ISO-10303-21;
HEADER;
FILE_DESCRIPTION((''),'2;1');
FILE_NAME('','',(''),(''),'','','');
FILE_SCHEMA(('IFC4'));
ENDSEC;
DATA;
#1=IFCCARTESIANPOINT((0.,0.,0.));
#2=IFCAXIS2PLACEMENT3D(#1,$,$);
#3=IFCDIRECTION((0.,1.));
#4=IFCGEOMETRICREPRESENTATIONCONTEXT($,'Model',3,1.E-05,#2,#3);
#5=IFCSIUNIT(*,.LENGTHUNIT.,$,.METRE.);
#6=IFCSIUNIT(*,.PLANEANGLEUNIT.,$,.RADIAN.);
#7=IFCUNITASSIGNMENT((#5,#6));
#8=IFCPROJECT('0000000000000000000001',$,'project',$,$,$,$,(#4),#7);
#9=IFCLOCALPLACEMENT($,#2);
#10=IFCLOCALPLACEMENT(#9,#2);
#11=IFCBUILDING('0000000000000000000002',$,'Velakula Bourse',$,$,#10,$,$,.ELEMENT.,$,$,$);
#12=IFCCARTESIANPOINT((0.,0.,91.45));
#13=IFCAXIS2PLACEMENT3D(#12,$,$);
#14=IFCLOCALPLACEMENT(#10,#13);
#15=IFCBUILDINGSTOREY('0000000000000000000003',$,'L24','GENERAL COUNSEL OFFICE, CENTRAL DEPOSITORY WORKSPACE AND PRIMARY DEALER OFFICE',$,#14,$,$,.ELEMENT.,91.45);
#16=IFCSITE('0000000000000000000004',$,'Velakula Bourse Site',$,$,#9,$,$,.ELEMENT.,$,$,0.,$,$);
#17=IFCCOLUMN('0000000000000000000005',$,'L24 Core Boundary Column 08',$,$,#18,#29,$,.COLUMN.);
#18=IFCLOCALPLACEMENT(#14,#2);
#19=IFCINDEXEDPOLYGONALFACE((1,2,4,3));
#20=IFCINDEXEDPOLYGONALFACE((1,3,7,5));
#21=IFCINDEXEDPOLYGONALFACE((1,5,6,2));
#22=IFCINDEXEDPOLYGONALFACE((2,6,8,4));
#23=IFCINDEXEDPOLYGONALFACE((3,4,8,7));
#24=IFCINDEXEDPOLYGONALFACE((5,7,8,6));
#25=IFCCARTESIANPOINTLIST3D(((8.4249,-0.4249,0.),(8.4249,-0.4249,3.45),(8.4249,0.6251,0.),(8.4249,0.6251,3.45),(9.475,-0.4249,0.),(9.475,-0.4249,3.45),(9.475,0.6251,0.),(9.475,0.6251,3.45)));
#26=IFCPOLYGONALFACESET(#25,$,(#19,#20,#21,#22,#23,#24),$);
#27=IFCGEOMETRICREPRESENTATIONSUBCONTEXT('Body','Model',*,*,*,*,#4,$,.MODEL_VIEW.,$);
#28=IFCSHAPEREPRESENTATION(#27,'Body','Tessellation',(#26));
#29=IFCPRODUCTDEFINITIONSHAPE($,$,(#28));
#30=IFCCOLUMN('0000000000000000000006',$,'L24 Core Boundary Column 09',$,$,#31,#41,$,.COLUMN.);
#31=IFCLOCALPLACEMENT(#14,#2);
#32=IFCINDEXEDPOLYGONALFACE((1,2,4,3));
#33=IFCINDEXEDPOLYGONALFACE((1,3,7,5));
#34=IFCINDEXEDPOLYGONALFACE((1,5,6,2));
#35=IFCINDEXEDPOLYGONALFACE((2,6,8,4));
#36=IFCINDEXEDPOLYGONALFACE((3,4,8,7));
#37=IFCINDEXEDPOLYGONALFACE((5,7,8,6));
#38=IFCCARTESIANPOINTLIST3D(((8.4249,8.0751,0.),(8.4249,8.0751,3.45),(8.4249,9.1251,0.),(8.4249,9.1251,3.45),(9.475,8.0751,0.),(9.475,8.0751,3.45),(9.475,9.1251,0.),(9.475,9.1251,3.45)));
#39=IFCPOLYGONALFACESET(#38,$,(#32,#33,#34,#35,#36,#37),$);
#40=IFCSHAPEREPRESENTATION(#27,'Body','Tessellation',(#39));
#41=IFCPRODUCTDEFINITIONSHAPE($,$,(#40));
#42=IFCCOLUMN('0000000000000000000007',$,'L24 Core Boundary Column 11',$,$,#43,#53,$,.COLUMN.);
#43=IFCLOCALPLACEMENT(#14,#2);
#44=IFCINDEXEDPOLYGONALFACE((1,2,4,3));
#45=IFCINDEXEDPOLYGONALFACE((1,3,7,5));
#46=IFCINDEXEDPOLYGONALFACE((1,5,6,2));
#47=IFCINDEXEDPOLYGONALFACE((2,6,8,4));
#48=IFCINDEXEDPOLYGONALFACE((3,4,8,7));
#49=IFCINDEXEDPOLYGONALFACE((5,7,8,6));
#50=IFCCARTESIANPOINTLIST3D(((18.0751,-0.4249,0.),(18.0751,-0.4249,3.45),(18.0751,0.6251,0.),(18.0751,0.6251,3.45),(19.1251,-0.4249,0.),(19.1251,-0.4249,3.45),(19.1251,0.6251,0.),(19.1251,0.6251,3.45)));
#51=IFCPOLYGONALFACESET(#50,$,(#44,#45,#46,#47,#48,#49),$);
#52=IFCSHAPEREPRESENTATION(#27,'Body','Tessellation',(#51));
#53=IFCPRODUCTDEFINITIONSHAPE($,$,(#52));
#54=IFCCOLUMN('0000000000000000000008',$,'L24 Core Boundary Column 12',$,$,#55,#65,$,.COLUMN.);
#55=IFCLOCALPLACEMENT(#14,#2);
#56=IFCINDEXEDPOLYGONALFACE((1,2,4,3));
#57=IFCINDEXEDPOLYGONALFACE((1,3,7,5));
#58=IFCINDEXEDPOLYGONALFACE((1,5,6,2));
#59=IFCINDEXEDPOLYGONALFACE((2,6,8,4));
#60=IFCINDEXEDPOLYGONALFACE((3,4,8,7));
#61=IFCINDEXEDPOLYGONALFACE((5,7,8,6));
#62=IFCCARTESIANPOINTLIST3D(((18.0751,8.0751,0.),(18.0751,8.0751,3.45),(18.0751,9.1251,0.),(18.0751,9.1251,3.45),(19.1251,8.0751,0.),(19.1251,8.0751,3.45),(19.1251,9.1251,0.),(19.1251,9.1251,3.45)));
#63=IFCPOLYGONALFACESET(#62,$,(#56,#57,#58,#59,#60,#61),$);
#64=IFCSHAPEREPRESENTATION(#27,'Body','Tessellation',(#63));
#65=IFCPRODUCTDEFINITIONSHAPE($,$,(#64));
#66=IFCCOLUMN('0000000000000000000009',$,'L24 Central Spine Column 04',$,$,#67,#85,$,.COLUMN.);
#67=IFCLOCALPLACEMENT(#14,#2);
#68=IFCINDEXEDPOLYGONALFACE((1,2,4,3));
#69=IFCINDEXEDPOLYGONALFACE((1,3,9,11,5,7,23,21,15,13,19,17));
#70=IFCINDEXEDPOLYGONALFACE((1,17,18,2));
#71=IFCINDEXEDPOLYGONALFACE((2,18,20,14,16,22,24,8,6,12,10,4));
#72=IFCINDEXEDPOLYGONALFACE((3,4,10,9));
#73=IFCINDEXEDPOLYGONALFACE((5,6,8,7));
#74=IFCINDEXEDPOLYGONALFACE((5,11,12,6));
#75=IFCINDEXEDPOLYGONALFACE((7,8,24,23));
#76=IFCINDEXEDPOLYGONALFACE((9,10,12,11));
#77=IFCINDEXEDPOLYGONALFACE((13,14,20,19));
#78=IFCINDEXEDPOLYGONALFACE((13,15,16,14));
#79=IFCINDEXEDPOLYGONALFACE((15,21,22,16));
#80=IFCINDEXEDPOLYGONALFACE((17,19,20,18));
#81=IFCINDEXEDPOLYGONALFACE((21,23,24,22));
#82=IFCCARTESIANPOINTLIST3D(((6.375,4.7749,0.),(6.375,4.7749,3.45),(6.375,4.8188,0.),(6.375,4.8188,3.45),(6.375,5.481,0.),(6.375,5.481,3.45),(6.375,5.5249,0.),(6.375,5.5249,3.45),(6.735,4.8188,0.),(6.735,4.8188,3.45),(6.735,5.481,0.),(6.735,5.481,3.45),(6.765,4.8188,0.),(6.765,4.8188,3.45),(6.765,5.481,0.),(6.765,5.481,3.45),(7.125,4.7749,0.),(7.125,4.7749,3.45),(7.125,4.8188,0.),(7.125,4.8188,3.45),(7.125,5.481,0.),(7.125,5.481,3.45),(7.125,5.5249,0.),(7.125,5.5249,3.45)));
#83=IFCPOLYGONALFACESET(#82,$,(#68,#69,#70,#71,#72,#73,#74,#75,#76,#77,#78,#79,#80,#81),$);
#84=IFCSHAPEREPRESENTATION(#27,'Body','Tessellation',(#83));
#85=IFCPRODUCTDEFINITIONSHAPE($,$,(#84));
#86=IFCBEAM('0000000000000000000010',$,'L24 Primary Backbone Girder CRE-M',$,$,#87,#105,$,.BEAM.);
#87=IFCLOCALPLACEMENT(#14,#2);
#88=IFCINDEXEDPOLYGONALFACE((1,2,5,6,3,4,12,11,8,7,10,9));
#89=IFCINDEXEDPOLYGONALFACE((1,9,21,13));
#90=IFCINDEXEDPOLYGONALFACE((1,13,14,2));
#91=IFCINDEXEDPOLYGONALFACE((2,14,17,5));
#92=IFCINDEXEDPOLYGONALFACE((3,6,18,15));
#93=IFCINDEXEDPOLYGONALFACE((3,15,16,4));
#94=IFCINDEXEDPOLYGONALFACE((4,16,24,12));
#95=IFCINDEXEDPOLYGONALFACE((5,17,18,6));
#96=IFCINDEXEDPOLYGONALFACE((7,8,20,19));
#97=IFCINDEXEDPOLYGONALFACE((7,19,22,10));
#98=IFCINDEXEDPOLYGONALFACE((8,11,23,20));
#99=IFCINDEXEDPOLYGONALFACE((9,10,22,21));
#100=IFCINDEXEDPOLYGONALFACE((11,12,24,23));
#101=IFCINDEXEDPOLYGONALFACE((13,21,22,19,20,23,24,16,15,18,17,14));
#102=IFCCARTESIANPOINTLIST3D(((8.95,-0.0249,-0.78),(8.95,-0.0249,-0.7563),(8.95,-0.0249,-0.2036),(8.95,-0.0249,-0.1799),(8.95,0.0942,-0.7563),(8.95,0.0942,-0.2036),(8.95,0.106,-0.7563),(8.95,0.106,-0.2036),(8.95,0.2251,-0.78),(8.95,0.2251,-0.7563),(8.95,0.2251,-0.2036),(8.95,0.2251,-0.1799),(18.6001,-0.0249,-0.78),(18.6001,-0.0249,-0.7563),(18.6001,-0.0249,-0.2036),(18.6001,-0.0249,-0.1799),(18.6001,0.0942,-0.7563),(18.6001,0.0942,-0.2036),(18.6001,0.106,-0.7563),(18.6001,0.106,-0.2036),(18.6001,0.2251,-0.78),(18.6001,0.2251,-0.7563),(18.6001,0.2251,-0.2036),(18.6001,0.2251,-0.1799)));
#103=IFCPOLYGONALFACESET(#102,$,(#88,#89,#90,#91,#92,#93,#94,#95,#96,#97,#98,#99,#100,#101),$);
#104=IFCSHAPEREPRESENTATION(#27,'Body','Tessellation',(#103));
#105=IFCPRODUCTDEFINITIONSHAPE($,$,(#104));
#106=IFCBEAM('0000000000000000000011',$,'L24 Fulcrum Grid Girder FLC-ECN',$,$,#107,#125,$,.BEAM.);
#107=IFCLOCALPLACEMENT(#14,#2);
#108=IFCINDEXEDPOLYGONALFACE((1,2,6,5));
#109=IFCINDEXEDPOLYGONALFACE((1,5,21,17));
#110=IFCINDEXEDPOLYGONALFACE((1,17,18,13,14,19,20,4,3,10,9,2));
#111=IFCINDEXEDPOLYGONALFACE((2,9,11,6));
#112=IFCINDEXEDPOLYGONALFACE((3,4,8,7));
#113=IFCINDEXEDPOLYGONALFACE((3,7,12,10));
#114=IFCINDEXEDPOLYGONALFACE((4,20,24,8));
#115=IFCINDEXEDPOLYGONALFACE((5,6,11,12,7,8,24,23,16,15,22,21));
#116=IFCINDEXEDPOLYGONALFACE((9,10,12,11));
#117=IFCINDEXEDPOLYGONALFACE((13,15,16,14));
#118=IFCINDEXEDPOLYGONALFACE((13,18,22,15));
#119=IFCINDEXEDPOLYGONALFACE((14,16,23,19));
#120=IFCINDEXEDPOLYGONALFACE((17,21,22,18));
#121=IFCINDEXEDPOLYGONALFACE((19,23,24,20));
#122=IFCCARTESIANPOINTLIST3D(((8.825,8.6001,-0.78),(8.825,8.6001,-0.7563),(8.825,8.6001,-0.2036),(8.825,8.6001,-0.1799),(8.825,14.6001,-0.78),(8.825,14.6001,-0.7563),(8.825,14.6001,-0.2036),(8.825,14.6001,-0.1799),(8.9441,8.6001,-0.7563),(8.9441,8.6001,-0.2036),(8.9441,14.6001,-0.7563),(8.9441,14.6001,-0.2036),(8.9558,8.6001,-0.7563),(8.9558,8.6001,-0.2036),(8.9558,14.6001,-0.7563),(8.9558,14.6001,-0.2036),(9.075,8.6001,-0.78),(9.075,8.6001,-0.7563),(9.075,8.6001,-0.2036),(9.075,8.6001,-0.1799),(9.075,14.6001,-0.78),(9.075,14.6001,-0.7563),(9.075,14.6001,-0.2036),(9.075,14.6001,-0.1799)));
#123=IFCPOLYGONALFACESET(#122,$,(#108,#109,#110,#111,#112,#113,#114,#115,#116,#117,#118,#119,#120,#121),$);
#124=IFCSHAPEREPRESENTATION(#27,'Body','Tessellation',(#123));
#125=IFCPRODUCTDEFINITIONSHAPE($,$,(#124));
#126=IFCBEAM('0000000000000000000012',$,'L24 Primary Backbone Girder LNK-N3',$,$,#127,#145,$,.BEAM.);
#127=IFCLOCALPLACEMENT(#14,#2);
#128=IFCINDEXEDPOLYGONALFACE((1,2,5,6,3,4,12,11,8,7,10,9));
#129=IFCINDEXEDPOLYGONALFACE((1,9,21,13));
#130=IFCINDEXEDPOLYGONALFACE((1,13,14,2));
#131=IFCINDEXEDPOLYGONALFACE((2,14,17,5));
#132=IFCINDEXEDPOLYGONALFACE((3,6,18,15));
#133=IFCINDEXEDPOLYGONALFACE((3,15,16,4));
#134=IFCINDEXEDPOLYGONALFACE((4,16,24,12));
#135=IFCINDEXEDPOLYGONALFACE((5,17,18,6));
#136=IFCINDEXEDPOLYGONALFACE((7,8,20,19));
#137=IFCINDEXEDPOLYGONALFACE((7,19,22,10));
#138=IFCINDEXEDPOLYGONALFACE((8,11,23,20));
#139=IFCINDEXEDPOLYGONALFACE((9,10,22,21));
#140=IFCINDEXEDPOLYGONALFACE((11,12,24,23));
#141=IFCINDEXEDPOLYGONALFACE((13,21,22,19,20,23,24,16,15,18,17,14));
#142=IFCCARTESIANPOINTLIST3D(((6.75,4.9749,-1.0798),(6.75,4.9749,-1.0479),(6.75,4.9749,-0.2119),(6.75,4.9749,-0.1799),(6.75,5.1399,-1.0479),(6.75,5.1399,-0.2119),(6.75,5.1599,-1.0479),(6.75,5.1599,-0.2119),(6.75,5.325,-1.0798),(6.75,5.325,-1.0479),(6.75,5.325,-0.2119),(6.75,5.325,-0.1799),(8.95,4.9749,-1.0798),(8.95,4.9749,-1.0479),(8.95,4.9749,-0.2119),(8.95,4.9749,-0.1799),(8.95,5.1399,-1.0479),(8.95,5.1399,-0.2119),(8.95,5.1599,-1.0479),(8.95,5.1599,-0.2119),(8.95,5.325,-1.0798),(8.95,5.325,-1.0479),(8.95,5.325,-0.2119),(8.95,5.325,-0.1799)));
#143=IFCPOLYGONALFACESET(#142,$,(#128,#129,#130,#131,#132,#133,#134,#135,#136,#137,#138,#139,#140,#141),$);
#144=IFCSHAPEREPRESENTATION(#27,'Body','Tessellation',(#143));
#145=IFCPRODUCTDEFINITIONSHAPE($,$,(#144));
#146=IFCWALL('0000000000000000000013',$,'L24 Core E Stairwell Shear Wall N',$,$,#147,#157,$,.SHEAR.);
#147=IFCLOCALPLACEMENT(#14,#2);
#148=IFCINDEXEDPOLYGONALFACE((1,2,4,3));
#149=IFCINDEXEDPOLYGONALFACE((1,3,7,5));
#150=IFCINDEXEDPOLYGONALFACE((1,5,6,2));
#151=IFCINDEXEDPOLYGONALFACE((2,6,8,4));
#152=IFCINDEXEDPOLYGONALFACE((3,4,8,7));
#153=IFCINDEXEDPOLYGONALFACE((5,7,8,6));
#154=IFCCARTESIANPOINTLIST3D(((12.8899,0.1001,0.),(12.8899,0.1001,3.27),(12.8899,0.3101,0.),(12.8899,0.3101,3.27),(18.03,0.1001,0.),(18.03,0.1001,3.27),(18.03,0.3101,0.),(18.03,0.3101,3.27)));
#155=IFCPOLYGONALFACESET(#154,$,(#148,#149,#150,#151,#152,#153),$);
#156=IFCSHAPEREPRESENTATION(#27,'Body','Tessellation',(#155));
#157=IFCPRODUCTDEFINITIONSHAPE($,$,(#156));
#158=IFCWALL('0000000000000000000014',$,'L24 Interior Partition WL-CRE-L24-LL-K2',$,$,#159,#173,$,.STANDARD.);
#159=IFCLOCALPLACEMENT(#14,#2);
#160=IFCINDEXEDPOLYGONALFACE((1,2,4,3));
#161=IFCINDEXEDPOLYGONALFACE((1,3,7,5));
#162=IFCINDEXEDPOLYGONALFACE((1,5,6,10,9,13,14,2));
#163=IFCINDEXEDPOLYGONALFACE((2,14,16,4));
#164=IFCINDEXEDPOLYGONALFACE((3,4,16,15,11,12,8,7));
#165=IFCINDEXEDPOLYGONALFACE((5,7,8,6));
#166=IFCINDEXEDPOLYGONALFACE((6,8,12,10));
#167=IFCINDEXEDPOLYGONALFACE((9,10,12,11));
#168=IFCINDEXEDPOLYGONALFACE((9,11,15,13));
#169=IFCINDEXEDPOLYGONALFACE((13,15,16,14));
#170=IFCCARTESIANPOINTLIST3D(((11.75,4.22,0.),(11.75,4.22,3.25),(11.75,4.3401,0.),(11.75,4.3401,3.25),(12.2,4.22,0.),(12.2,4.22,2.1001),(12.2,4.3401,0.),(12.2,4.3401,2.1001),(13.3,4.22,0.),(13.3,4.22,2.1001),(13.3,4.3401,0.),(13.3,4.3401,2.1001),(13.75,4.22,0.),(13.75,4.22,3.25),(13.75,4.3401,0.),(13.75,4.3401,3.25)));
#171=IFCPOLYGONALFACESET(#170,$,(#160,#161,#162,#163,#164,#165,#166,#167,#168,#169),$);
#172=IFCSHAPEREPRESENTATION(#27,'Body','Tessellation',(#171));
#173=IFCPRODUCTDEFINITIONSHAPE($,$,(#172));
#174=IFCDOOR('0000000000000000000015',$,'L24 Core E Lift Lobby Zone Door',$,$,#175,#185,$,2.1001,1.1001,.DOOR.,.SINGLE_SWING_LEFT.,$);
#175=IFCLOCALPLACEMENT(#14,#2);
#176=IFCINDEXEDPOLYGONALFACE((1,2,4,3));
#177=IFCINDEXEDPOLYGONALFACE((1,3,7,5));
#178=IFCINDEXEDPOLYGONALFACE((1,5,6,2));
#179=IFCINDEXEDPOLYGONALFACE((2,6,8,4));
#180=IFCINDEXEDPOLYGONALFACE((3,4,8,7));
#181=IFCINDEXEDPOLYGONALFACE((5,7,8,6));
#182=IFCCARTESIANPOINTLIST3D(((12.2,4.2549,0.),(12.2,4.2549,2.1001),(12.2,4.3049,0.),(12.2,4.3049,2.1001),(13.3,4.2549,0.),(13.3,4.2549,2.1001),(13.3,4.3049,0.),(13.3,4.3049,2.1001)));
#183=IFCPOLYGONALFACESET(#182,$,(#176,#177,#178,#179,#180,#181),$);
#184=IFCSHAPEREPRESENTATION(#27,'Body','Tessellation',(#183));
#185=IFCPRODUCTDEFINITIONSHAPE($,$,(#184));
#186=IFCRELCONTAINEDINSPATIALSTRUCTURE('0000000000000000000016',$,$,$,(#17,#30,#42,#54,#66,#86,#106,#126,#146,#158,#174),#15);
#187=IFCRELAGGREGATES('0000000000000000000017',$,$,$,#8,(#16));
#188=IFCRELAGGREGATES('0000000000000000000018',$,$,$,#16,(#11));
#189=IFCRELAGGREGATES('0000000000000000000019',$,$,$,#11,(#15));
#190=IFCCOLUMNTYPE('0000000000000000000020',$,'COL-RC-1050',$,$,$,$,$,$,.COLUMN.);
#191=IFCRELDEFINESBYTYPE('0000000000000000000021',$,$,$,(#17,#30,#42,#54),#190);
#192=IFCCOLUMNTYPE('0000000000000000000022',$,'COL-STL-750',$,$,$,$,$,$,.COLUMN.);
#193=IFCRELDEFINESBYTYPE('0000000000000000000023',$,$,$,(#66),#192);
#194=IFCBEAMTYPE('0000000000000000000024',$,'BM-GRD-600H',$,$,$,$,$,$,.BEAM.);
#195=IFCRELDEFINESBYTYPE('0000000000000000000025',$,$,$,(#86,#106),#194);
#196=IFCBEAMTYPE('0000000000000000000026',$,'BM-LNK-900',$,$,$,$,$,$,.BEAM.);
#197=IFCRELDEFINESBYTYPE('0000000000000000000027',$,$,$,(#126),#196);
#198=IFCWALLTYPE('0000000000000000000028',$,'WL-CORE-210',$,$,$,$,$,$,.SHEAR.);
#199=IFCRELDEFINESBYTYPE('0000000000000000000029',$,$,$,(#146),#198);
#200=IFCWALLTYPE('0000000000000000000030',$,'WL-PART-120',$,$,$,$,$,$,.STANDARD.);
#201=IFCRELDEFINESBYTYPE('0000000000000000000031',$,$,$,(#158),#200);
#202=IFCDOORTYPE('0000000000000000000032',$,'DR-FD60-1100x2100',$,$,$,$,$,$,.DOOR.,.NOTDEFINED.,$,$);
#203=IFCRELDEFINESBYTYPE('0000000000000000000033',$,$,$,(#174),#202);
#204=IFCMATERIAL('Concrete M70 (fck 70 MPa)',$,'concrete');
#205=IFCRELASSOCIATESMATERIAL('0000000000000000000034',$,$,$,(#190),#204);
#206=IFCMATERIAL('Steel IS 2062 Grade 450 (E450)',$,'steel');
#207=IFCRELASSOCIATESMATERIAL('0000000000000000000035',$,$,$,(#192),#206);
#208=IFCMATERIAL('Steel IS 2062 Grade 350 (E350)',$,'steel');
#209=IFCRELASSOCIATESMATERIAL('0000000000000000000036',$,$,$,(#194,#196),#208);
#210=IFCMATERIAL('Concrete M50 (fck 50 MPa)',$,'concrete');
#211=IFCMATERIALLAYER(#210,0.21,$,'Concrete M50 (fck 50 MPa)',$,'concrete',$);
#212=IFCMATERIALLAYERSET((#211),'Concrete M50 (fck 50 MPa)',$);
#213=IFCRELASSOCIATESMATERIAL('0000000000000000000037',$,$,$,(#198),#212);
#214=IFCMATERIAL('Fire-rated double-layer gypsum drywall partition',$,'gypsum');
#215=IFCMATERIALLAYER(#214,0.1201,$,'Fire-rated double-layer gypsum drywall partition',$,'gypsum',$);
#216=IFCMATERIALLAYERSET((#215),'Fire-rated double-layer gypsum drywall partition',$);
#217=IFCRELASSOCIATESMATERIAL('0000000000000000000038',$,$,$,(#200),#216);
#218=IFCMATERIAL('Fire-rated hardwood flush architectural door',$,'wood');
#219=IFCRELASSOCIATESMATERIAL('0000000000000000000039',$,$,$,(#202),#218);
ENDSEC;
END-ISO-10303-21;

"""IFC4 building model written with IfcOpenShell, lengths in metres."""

from ifc_helpers import new_model, si_unit, direction, frame, frame_2d, origin, origin_2d, place, context, subcontext, project, spatial, rectangle, i_section, extrude, material, layer, layer_set, material_profile, profile_set, type_object, element, fill, save


model = new_model("IFC4")

# Units and contexts
model_context = context("Model", 3, precision=1e-05, world=origin(), true_north=direction((0.0, 1.0)))
body_context = subcontext(model_context, "Body", "Model", "MODEL_VIEW")
ifc_project = project(units=[si_unit("LENGTHUNIT", "METRE"), si_unit("PLANEANGLEUNIT", "RADIAN")], contexts=[model_context])

# Site, building, storey
site_placement = place(None, origin())
site = spatial("IfcSite", under=ifc_project, at=site_placement, Name="Velakula Bourse Site", CompositionType="ELEMENT", RefElevation=0.0)
building_placement = place(site_placement, origin())
building = spatial("IfcBuilding", under=site, at=building_placement, Name="Velakula Bourse", CompositionType="ELEMENT")
storey_placement = place(building_placement, frame((0.0, 0.0, 91.45)))
storey = spatial("IfcBuildingStorey", under=building, at=storey_placement, Name="L24", Description="GENERAL COUNSEL OFFICE, CENTRAL DEPOSITORY WORKSPACE AND PRIMARY DEALER OFFICE", CompositionType="ELEMENT", Elevation=91.45)

# Columns
ifc_material_1 = material(Name="Concrete M70 (fck 70 MPa)", Category="concrete")
ifc_material_profile_1 = material_profile(ifc_material_1, rectangle(XDim=1.05, YDim=1.05, at=origin_2d()), Name="Concrete M70 (fck 70 MPa)")
ifc_profile_set_1 = profile_set([ifc_material_profile_1], Name="Concrete M70 (fck 70 MPa)")
column_type_1 = type_object("IfcColumnType", Name="COL-RC-1050", PredefinedType="COLUMN", material=ifc_profile_set_1)
for number, where, z_axis, x_axis, name in (
    (1, (8.95, 0.1001, 0.0), (0.0, 0.0, 1.0), (1.0, 0.0, 0.0), "L24 Core Boundary Column 08"),
    (2, (8.95, 8.6001, 0.0), (0.0, 0.0, 1.0), (1.0, 0.0, 0.0), "L24 Core Boundary Column 09"),
    (3, (18.6001, 0.1001, 0.0), (0.0, 0.0, 1.0), (1.0, 0.0, 0.0), "L24 Core Boundary Column 11"),
    (4, (18.6001, 8.6001, 0.0), (0.0, 0.0, 1.0), (1.0, 0.0, 0.0), "L24 Core Boundary Column 12"),
):
    element("IfcColumn", number, at=place(storey_placement, frame(where, z_axis=z_axis, x_axis=x_axis)), inside=storey, type_object=column_type_1, Name=name, PredefinedType="COLUMN", context=body_context, shape_type="SweptSolid", body=[
        extrude(rectangle(XDim=1.05, YDim=1.05, at=origin_2d()), origin(), (0.0, 0.0, 1.0), 3.45),
    ])
ifc_material_2 = material(Name="Steel IS 2062 Grade 450 (E450)", Category="steel")
ifc_material_profile_2 = material_profile(ifc_material_2, i_section(OverallWidth=0.75, OverallDepth=0.75, WebThickness=0.03, FlangeThickness=0.0439, at=origin_2d()), Name="Steel IS 2062 Grade 450 (E450)")
ifc_profile_set_2 = profile_set([ifc_material_profile_2], Name="Steel IS 2062 Grade 450 (E450)")
column_type_2 = type_object("IfcColumnType", Name="COL-STL-750", PredefinedType="COLUMN", material=ifc_profile_set_2)
column_placement = place(storey_placement, frame((6.75, 5.1499, 0.0), z_axis=(0.0, 0.0, 1.0), x_axis=(1.0, 0.0, 0.0)))
element("IfcColumn", 5, at=column_placement, inside=storey, type_object=column_type_2, Name="L24 Central Spine Column 04", PredefinedType="COLUMN", context=body_context, shape_type="SweptSolid", body=[
    extrude(i_section(OverallWidth=0.75, OverallDepth=0.75, WebThickness=0.03, FlangeThickness=0.0439, at=origin_2d()), origin(), (0.0, 0.0, 1.0), 3.45),
])

# Beams
ifc_material_3 = material(Name="Steel IS 2062 Grade 350 (E350)", Category="steel")
ifc_material_profile_3 = material_profile(ifc_material_3, i_section(OverallWidth=0.25, OverallDepth=0.6001, WebThickness=0.0117, FlangeThickness=0.0237, at=origin_2d()), Name="Steel IS 2062 Grade 350 (E350)")
ifc_profile_set_3 = profile_set([ifc_material_profile_3], Name="Steel IS 2062 Grade 350 (E350)")
beam_type_1 = type_object("IfcBeamType", Name="BM-GRD-600H", PredefinedType="BEAM", material=ifc_profile_set_3)
beam_1_placement = place(storey_placement, frame((8.95, 0.1001, -0.48), z_axis=(1.0, 0.0, 0.0), x_axis=(0.0, 1.0, 0.0)))
element("IfcBeam", 6, at=beam_1_placement, inside=storey, type_object=beam_type_1, Name="L24 Primary Backbone Girder CRE-M", PredefinedType="BEAM", context=body_context, shape_type="SweptSolid", body=[
    extrude(i_section(OverallWidth=0.25, OverallDepth=0.6001, WebThickness=0.0117, FlangeThickness=0.0237, at=origin_2d()), origin(), (0.0, 0.0, 1.0), 9.6501),
])
beam_2_placement = place(storey_placement, frame((8.95, 8.6001, -0.48), z_axis=(0.0, 1.0, 0.0), x_axis=(-1.0, 0.0, 0.0)))
element("IfcBeam", 7, at=beam_2_placement, inside=storey, type_object=beam_type_1, Name="L24 Fulcrum Grid Girder FLC-ECN", PredefinedType="BEAM", context=body_context, shape_type="SweptSolid", body=[
    extrude(i_section(OverallWidth=0.25, OverallDepth=0.6001, WebThickness=0.0117, FlangeThickness=0.0237, at=origin_2d()), origin(), (0.0, 0.0, 1.0), 6.0),
])
ifc_material_profile_4 = material_profile(ifc_material_3, i_section(OverallWidth=0.3501, OverallDepth=0.8999, WebThickness=0.02, FlangeThickness=0.032, at=origin_2d()), Name="Steel IS 2062 Grade 350 (E350)")
ifc_profile_set_4 = profile_set([ifc_material_profile_4], Name="Steel IS 2062 Grade 350 (E350)")
beam_type_2 = type_object("IfcBeamType", Name="BM-LNK-900", PredefinedType="BEAM", material=ifc_profile_set_4)
beam_3_placement = place(storey_placement, frame((6.75, 5.1499, -0.6299), z_axis=(1.0, 0.0, 0.0), x_axis=(0.0, 1.0, 0.0)))
element("IfcBeam", 8, at=beam_3_placement, inside=storey, type_object=beam_type_2, Name="L24 Primary Backbone Girder LNK-N3", PredefinedType="BEAM", context=body_context, shape_type="SweptSolid", body=[
    extrude(i_section(OverallWidth=0.3501, OverallDepth=0.8999, WebThickness=0.02, FlangeThickness=0.032, at=origin_2d()), origin(), (0.0, 0.0, 1.0), 2.2),
])

# Wall
ifc_material_4 = material(Name="Concrete M50 (fck 50 MPa)", Category="concrete")
ifc_layer_1 = layer(ifc_material_4, 0.21, Name="Concrete M50 (fck 50 MPa)", Category="concrete")
ifc_layer_set_1 = layer_set([ifc_layer_1], Name="Concrete M50 (fck 50 MPa)")
wall_type_1 = type_object("IfcWallType", Name="WL-CORE-210", PredefinedType="SHEAR", material=ifc_layer_set_1)
wall_1_placement = place(storey_placement, frame((18.03, 0.2051, 0.0), z_axis=(0.0, 0.0, 1.0), x_axis=(-1.0, 0.0, 0.0)))
element("IfcWall", 9, at=wall_1_placement, inside=storey, type_object=wall_type_1, Name="L24 Core E Stairwell Shear Wall N", PredefinedType="SHEAR", context=body_context, shape_type="SweptSolid", body=[
    extrude(rectangle(XDim=5.1401, YDim=0.21, at=frame_2d((2.5701, 0.0))), origin(), (0.0, 0.0, 1.0), 3.27),
])

# Wall, opening, door
ifc_material_5 = material(Name="Fire-rated double-layer gypsum drywall partition", Category="gypsum")
ifc_layer_2 = layer(ifc_material_5, 0.1201, Name="Fire-rated double-layer gypsum drywall partition", Category="gypsum")
ifc_layer_set_2 = layer_set([ifc_layer_2], Name="Fire-rated double-layer gypsum drywall partition")
wall_type_2 = type_object("IfcWallType", Name="WL-PART-120", PredefinedType="STANDARD", material=ifc_layer_set_2)
wall_2_placement = place(storey_placement, frame((11.75, 4.28, 0.0), z_axis=(0.0, 0.0, 1.0), x_axis=(1.0, 0.0, 0.0)))
wall_2 = element("IfcWall", 10, at=wall_2_placement, inside=storey, type_object=wall_type_2, Name="L24 Interior Partition WL-CRE-L24-LL-K2", PredefinedType="STANDARD", context=body_context, shape_type="SweptSolid", body=[
    extrude(rectangle(XDim=2.0, YDim=0.1201, at=frame_2d((1.0, 0.0))), origin(), (0.0, 0.0, 1.0), 3.25),
])
opening_1_placement = place(wall_2_placement, frame((0.45, 0.0, 0.0)))
opening_1 = element("IfcOpeningElement", 11, at=opening_1_placement, cuts=wall_2, PredefinedType="OPENING", context=body_context, shape_type="SweptSolid", body=[
    extrude(rectangle(XDim=1.1001, YDim=2.1001, at=frame_2d((0.55, 1.05))), frame((0.0, 0.0701, 0.0), z_axis=(0.0, -1.0, 0.0), x_axis=(1.0, 0.0, 0.0)), (0.0, 0.0, 1.0), 0.1401),
])
ifc_material_6 = material(Name="Fire-rated hardwood flush architectural door", Category="wood")
door_type_1 = type_object("IfcDoorType", Name="DR-FD60-1100x2100", OperationType="NOTDEFINED", PredefinedType="DOOR", material=ifc_material_6)
door_1_placement = place(opening_1_placement, origin())
door_1 = element("IfcDoor", 12, at=door_1_placement, inside=storey, type_object=door_type_1, Name="L24 Core E Lift Lobby Zone Door", OperationType="SINGLE_SWING_LEFT", OverallHeight=2.1001, OverallWidth=1.1001, PredefinedType="DOOR", context=body_context, shape_type="SweptSolid", body=[
    extrude(rectangle(XDim=1.1001, YDim=2.1001, at=frame_2d((0.55, 1.05))), frame((0.0, 0.0249, 0.0), z_axis=(0.0, -1.0, 0.0), x_axis=(1.0, 0.0, 0.0)), (0.0, 0.0, 1.0), 0.05),
])
fill(opening_1, door_1)

save(model, "model.ifc")
